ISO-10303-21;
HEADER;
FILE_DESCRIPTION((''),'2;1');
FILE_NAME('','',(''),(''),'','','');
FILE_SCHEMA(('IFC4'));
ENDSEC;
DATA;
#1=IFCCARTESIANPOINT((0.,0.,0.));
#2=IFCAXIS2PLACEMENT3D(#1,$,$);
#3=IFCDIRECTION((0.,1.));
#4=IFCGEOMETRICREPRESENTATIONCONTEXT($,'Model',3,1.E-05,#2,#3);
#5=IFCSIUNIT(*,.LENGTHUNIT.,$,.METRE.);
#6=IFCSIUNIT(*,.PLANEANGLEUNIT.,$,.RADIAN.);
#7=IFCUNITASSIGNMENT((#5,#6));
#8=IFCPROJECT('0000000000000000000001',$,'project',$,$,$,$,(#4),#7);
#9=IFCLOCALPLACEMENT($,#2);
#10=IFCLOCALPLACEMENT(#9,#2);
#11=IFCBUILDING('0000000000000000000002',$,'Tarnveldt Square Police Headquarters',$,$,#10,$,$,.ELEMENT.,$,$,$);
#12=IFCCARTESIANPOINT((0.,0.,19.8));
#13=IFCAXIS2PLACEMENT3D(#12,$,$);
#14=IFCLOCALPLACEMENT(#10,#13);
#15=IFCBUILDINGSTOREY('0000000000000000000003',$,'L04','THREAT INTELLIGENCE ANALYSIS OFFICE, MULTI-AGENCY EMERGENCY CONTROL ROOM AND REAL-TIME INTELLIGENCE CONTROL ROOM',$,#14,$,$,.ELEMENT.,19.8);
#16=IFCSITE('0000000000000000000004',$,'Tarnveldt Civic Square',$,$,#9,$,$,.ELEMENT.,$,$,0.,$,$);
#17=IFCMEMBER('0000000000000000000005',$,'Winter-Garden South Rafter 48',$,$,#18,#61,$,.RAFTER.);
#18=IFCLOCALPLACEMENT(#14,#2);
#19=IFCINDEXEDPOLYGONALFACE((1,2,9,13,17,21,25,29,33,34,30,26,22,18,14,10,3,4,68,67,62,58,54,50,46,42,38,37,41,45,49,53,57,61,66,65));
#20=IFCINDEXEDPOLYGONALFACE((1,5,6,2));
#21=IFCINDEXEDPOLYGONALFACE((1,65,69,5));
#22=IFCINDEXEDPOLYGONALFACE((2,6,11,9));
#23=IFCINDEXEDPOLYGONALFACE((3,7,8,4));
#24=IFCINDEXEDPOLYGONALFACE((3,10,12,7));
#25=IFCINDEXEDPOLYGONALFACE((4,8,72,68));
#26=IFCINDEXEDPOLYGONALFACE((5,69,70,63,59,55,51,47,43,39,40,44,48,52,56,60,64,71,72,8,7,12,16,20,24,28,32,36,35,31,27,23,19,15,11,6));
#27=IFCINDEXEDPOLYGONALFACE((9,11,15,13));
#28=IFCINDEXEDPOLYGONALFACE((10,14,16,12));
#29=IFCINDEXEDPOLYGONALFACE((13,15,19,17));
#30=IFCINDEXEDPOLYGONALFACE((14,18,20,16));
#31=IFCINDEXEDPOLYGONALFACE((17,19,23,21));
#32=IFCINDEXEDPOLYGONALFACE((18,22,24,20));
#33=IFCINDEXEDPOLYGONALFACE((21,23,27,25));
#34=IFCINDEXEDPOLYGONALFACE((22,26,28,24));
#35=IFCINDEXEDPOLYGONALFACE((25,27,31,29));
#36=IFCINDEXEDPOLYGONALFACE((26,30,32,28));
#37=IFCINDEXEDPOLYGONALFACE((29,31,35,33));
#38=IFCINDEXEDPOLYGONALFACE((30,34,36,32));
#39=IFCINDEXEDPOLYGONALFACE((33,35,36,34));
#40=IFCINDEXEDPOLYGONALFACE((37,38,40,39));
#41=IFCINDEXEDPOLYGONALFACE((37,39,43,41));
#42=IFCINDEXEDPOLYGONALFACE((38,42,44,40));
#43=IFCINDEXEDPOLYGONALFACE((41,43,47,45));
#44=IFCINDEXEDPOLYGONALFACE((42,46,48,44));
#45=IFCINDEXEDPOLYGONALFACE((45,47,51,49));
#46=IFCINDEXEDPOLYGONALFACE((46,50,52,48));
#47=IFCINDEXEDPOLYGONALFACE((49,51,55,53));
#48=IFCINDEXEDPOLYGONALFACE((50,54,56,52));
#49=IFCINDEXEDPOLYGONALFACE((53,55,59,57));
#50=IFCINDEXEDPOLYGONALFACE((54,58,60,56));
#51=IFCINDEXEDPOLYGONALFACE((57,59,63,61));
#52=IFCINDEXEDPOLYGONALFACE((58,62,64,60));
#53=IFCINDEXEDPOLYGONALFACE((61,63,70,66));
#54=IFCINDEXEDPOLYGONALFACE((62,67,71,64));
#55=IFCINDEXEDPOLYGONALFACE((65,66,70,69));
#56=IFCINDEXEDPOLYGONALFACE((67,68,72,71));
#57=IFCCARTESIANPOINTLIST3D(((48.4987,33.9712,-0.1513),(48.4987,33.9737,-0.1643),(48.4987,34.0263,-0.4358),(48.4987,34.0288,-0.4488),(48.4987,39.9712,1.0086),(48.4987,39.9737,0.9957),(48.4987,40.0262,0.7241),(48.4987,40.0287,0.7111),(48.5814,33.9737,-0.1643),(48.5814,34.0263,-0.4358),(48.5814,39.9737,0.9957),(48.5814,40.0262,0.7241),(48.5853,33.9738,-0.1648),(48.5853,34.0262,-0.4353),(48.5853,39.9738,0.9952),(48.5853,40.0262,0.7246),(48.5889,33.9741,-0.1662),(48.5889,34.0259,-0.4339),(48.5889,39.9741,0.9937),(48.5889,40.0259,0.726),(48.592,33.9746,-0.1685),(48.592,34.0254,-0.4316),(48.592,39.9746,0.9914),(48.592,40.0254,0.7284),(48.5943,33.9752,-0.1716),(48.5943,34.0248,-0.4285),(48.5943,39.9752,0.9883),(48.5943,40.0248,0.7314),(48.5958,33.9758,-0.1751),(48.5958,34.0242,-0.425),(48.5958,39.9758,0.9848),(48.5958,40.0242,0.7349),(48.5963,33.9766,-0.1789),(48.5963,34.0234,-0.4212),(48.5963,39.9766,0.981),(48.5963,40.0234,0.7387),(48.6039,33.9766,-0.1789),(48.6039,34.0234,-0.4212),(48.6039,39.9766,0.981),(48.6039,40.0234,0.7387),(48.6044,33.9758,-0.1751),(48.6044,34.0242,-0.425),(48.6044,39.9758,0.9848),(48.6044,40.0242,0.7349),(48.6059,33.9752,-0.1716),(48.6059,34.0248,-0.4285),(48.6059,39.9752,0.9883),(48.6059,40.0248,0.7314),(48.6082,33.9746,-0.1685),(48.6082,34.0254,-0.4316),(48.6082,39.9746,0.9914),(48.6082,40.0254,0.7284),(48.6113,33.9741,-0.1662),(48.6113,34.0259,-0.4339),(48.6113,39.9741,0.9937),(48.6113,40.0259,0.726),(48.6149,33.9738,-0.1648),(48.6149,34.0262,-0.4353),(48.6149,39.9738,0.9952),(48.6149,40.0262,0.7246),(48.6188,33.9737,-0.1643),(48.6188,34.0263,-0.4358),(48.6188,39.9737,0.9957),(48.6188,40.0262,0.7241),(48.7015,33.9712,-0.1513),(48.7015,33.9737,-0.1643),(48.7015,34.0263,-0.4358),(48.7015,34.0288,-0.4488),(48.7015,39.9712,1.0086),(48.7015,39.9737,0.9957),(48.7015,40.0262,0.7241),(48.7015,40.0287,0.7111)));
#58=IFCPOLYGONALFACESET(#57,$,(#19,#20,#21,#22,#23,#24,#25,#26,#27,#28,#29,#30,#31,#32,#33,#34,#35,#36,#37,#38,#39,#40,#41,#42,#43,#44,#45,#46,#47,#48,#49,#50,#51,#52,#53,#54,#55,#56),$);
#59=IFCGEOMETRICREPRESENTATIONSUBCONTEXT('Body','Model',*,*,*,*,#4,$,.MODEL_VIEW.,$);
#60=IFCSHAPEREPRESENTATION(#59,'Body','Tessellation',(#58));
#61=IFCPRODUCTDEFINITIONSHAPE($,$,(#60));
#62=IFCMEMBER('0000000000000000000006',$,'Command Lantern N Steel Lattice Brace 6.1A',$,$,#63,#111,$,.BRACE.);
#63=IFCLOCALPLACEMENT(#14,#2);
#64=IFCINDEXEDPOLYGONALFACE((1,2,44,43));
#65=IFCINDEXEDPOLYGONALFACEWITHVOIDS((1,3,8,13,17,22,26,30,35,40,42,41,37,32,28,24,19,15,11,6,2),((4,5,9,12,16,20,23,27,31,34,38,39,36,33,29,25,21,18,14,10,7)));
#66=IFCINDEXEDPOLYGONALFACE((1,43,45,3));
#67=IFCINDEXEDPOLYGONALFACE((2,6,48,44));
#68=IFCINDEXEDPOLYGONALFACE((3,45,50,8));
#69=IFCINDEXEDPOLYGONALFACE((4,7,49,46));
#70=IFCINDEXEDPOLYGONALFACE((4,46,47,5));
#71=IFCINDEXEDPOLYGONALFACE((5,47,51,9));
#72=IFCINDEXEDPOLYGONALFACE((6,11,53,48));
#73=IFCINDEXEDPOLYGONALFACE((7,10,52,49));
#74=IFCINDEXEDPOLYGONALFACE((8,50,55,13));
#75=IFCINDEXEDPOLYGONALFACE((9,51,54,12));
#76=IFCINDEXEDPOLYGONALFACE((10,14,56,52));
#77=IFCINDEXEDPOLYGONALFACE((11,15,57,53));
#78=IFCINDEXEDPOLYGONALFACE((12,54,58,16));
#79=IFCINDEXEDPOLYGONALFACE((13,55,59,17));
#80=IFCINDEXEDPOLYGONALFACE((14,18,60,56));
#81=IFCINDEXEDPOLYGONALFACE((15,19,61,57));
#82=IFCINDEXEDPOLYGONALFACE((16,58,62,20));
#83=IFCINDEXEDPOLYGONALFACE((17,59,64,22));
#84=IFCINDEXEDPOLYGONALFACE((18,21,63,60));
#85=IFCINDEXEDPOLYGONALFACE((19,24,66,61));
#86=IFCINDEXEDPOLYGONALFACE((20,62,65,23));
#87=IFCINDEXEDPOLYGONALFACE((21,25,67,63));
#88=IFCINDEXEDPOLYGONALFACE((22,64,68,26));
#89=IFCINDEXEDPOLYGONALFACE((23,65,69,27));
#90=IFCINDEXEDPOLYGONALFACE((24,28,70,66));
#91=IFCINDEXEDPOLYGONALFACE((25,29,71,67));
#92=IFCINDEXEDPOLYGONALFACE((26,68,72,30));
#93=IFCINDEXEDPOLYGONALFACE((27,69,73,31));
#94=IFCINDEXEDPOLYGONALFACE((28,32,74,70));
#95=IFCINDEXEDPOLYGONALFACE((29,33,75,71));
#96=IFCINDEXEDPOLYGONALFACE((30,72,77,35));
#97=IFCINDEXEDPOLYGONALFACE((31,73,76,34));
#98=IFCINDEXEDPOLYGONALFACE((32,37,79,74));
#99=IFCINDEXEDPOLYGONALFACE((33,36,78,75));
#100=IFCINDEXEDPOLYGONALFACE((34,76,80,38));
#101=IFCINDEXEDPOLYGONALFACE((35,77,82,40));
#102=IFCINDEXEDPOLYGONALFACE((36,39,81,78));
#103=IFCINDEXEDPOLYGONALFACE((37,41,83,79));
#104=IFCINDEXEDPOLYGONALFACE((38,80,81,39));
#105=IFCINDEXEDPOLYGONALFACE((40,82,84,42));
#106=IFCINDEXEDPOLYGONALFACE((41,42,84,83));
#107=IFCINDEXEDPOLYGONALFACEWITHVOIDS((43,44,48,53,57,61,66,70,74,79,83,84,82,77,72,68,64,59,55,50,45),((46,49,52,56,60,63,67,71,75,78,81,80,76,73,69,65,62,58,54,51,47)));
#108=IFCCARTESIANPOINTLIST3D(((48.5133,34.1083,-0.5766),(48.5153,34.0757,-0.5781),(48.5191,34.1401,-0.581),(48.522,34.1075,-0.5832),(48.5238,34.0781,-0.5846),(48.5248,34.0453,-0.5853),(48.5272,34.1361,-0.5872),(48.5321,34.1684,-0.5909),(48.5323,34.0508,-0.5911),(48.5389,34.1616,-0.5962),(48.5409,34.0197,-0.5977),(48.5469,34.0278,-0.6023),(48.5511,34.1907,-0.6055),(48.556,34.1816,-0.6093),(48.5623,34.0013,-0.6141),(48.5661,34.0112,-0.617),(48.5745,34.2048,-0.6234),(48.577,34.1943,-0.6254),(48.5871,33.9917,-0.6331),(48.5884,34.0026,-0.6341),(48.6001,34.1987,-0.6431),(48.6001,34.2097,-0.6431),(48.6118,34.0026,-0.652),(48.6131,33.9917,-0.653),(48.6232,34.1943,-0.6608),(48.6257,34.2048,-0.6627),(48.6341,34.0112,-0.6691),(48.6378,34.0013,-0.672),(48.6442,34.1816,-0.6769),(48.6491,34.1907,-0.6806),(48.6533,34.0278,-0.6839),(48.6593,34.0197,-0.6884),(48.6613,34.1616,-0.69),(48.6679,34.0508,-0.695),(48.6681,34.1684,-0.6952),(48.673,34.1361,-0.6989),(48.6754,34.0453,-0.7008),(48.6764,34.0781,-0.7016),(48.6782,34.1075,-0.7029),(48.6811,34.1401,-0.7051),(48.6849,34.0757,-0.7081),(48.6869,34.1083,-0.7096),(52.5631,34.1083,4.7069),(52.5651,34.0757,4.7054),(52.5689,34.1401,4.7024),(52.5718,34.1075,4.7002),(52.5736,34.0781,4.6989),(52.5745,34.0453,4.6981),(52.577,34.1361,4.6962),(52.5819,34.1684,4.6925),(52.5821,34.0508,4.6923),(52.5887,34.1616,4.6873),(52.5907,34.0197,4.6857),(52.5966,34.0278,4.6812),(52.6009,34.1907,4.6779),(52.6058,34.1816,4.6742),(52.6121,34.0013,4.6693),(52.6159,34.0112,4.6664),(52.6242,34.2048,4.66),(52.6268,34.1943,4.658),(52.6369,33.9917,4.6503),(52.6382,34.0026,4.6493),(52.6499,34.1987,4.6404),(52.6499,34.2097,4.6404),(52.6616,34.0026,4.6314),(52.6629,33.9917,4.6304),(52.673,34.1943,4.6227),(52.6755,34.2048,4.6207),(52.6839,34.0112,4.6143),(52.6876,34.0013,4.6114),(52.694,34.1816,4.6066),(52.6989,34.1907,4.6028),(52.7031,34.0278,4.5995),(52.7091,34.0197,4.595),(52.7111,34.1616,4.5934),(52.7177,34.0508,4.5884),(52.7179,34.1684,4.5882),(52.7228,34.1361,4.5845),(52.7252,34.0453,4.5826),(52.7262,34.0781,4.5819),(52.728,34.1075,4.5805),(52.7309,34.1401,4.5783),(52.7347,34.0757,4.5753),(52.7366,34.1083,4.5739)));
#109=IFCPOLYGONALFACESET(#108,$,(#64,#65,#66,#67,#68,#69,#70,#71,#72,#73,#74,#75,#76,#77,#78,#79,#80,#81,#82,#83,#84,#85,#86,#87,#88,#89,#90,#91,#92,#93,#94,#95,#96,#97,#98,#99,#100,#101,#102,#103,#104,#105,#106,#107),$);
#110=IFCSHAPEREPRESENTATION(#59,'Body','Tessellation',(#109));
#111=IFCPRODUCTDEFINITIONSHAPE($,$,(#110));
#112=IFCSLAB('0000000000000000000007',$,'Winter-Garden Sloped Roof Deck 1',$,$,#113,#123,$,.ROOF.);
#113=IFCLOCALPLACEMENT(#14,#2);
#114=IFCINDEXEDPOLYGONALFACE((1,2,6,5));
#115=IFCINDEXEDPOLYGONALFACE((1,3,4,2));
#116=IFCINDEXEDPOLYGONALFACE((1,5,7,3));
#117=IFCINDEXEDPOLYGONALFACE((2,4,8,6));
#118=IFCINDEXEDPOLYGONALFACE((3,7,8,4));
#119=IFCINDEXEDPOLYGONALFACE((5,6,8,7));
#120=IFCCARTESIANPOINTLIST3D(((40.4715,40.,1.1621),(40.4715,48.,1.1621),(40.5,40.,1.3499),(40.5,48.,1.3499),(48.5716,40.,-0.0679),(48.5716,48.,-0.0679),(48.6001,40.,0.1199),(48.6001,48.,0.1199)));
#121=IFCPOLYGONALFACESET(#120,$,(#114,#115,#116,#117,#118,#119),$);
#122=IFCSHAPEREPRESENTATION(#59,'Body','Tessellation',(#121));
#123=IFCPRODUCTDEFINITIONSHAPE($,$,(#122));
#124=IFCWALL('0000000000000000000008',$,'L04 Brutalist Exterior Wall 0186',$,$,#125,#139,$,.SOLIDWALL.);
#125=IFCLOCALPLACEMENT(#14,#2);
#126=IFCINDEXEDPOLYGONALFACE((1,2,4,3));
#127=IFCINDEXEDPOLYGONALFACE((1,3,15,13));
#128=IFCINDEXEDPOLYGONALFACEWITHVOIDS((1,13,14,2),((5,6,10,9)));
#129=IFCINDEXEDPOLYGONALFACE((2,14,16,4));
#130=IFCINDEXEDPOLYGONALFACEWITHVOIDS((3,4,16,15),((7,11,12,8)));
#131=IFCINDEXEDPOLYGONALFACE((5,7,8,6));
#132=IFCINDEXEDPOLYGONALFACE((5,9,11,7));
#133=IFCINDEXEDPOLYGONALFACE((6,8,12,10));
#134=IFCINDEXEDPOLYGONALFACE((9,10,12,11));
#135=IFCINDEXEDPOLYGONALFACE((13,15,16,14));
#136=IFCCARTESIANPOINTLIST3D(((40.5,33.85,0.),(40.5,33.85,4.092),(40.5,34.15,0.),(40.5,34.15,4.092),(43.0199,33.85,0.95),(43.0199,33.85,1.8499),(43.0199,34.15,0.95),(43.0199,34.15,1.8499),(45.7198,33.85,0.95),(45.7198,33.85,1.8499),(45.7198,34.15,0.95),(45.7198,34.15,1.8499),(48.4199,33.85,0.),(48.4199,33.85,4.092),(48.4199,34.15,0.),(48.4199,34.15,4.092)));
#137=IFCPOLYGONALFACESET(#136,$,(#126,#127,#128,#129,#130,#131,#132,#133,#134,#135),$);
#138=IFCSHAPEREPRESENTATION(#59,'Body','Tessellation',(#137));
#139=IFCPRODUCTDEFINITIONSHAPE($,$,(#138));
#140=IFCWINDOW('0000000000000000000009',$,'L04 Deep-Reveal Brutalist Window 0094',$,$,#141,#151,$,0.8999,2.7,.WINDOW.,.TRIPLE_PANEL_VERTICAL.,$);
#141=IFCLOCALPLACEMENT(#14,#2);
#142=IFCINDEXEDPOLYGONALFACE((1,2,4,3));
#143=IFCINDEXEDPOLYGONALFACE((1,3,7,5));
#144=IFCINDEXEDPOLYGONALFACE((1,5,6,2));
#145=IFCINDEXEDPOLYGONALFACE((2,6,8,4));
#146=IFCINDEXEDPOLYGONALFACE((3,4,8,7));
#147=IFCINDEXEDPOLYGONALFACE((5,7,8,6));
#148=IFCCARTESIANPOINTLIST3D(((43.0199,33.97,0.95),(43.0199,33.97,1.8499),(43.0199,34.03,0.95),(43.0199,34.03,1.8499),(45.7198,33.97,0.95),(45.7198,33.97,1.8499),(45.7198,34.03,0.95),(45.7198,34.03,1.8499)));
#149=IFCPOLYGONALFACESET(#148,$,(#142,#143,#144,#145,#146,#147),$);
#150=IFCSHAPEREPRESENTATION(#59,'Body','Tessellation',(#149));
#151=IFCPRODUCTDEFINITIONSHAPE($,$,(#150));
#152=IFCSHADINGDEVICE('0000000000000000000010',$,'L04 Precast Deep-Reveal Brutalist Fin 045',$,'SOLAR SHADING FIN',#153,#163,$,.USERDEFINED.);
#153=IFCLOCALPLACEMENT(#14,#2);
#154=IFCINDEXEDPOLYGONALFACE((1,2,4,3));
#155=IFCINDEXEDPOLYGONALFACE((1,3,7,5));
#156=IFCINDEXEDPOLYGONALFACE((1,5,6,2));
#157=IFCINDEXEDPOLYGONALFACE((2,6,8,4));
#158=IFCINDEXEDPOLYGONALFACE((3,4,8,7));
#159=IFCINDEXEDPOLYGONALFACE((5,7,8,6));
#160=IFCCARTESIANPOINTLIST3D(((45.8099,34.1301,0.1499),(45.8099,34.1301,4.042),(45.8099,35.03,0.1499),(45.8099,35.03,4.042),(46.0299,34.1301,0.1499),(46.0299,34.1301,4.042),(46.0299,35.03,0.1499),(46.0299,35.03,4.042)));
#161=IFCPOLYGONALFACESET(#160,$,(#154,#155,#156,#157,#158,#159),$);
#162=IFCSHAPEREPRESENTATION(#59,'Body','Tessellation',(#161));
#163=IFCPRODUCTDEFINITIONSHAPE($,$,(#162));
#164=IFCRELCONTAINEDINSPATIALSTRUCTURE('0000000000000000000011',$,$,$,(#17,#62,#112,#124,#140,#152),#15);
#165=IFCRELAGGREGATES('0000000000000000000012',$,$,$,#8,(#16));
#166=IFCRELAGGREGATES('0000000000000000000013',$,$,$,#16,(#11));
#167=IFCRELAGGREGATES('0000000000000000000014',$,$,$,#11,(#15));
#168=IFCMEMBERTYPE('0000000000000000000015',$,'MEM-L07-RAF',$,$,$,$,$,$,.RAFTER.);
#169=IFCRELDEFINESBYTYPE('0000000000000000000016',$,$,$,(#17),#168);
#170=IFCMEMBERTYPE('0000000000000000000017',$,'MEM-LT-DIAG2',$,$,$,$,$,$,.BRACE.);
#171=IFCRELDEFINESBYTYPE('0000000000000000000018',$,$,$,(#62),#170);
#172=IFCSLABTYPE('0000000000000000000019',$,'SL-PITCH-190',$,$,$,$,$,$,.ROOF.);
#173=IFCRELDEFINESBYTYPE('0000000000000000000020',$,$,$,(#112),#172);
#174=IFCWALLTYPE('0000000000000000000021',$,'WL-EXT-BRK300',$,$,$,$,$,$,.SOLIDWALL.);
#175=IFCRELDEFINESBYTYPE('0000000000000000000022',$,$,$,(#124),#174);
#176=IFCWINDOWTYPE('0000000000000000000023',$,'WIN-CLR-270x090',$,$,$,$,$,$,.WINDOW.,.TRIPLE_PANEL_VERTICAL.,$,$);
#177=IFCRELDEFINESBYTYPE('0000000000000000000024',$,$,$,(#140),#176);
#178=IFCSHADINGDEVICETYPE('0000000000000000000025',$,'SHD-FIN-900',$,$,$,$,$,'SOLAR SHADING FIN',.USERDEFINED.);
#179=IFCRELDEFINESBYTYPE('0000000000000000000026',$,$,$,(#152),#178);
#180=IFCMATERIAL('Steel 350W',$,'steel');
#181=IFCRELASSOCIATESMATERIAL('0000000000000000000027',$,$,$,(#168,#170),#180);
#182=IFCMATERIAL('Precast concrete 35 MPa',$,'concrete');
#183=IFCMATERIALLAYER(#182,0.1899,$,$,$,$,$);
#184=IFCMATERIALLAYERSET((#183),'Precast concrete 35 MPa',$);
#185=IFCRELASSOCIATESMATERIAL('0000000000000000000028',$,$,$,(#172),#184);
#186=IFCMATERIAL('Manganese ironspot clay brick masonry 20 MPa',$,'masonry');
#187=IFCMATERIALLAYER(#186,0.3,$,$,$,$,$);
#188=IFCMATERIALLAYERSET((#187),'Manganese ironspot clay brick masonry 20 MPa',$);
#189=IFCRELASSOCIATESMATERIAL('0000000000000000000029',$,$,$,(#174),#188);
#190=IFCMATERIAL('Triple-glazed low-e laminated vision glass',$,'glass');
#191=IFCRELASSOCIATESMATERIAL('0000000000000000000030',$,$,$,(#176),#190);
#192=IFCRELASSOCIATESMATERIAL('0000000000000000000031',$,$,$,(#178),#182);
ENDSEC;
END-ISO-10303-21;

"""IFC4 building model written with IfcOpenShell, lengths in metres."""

from ifc_helpers import new_model, si_unit, direction, frame, frame_2d, origin, origin_2d, place, context, subcontext, project, spatial, polyline, rectangle, hollow_circle, i_section, outline, extrude, material, layer, layer_set, material_profile, profile_set, type_object, element, fill, save


model = new_model("IFC4")

# Units and contexts
model_context = context("Model", 3, precision=1e-05, world=origin(), true_north=direction((0.0, 1.0)))
body_context = subcontext(model_context, "Body", "Model", "MODEL_VIEW")
ifc_project = project(units=[si_unit("LENGTHUNIT", "METRE"), si_unit("PLANEANGLEUNIT", "RADIAN")], contexts=[model_context])

# Site, building, storey
site_placement = place(None, origin())
site = spatial("IfcSite", under=ifc_project, at=site_placement, Name="Tarnveldt Civic Square", CompositionType="ELEMENT", RefElevation=0.0)
building_placement = place(site_placement, origin())
building = spatial("IfcBuilding", under=site, at=building_placement, Name="Tarnveldt Square Police Headquarters", CompositionType="ELEMENT")
storey_placement = place(building_placement, frame((0.0, 0.0, 19.8)))
storey = spatial("IfcBuildingStorey", under=building, at=storey_placement, Name="L04", Description="THREAT INTELLIGENCE ANALYSIS OFFICE, MULTI-AGENCY EMERGENCY CONTROL ROOM AND REAL-TIME INTELLIGENCE CONTROL ROOM", CompositionType="ELEMENT", Elevation=19.8)

# Shared definitions
ifc_material_1 = material(Name="Steel 350W", Category="steel")

# Members
ifc_material_profile_1 = material_profile(ifc_material_1, i_section(OverallWidth=0.2029, OverallDepth=0.303, WebThickness=0.0076, FlangeThickness=0.0132, FilletRadius=0.0149, at=origin_2d()), Name="W310x60")
ifc_profile_set_1 = profile_set([ifc_material_profile_1], Name="Steel 350W")
member_type_1 = type_object("IfcMemberType", Name="MEM-L07-RAF", PredefinedType="RAFTER", material=ifc_profile_set_1)
member_1_placement = place(storey_placement, frame((48.6001, 34.0, -0.3), z_axis=(0.0, 0.981822, 0.189805), x_axis=(-1.0, 0.0, 0.0)))
element("IfcMember", 1, at=member_1_placement, inside=storey, type_object=member_type_1, Name="Winter-Garden South Rafter 48", PredefinedType="RAFTER", context=body_context, shape_type="SweptSolid", body=[
    extrude(i_section(OverallWidth=0.2029, OverallDepth=0.303, WebThickness=0.0076, FlangeThickness=0.0132, FilletRadius=0.0149, at=origin_2d()), origin(), (0.0, 0.0, 1.0), 6.1111),
])
ifc_material_profile_2 = material_profile(ifc_material_1, hollow_circle(Radius=0.1096, WallThickness=0.011, at=origin_2d()), Name="HSS219x11")
ifc_profile_set_2 = profile_set([ifc_material_profile_2], Name="Steel 350W")
member_type_2 = type_object("IfcMemberType", Name="MEM-LT-DIAG2", PredefinedType="BRACE", material=ifc_profile_set_2)
member_2_placement = place(storey_placement, frame((48.6001, 34.1001, -0.6431), z_axis=(0.608352, 0.0, 0.793667), x_axis=(0.0, 1.0, 0.0)))
element("IfcMember", 2, at=member_2_placement, inside=storey, type_object=member_type_2, Name="Command Lantern N Steel Lattice Brace 6.1A", PredefinedType="BRACE", context=body_context, shape_type="SweptSolid", body=[
    extrude(hollow_circle(Radius=0.1096, WallThickness=0.011, at=origin_2d()), origin(), (0.0, 0.0, 1.0), 6.657),
])

# Slab
ifc_material_2 = material(Name="Precast concrete 35 MPa", Category="concrete")
ifc_layer_1 = layer(ifc_material_2, 0.1899)
ifc_layer_set_1 = layer_set([ifc_layer_1], Name="Precast concrete 35 MPa")
slab_type = type_object("IfcSlabType", Name="SL-PITCH-190", PredefinedType="ROOF", material=ifc_layer_set_1)
slab_placement = place(storey_placement, frame((40.5, 40.0, 1.3499), z_axis=(0.150127, 0.0, 0.988667), x_axis=(0.988667, 0.0, -0.150127)))
element("IfcSlab", 3, at=slab_placement, inside=storey, type_object=slab_type, Name="Winter-Garden Sloped Roof Deck 1", PredefinedType="ROOF", context=body_context, shape_type="SweptSolid", body=[
    extrude(outline(polyline([(0.0, 0.0), (8.193, 0.0), (8.193, 8.0), (0.0, 8.0), (0.0, 0.0)])), origin(), (0.0, 0.0, -1.0), 0.1899),
])

# Wall, opening, window
ifc_material_3 = material(Name="Manganese ironspot clay brick masonry 20 MPa", Category="masonry")
ifc_layer_2 = layer(ifc_material_3, 0.3)
ifc_layer_set_2 = layer_set([ifc_layer_2], Name="Manganese ironspot clay brick masonry 20 MPa")
wall_type = type_object("IfcWallType", Name="WL-EXT-BRK300", PredefinedType="SOLIDWALL", material=ifc_layer_set_2)
wall_placement = place(storey_placement, frame((48.4199, 34.0, 0.0), z_axis=(0.0, 0.0, 1.0), x_axis=(-1.0, 0.0, 0.0)))
wall = element("IfcWall", 4, at=wall_placement, inside=storey, type_object=wall_type, Name="L04 Brutalist Exterior Wall 0186", PredefinedType="SOLIDWALL", context=body_context, shape_type="SweptSolid", body=[
    extrude(rectangle(XDim=7.9199, YDim=0.3, at=frame_2d((3.96, 0.0))), origin(), (0.0, 0.0, 1.0), 4.092),
])
opening_placement = place(wall_placement, frame((2.7, 0.0, 0.95)))
opening = element("IfcOpeningElement", 5, at=opening_placement, cuts=wall, PredefinedType="OPENING", context=body_context, shape_type="SweptSolid", body=[
    extrude(rectangle(XDim=2.7, YDim=0.8999, at=frame_2d((1.3501, 0.45))), frame((0.0, 0.1599, 0.0), z_axis=(0.0, -1.0, 0.0), x_axis=(1.0, 0.0, 0.0)), (0.0, 0.0, 1.0), 0.3201),
])
ifc_material_4 = material(Name="Triple-glazed low-e laminated vision glass", Category="glass")
window_type = type_object("IfcWindowType", Name="WIN-CLR-270x090", PartitioningType="TRIPLE_PANEL_VERTICAL", PredefinedType="WINDOW", material=ifc_material_4)
window_placement = place(opening_placement, origin())
window = element("IfcWindow", 6, at=window_placement, inside=storey, type_object=window_type, Name="L04 Deep-Reveal Brutalist Window 0094", OverallHeight=0.8999, OverallWidth=2.7, PartitioningType="TRIPLE_PANEL_VERTICAL", PredefinedType="WINDOW", context=body_context, shape_type="SweptSolid", body=[
    extrude(rectangle(XDim=2.7, YDim=0.8999, at=frame_2d((1.3501, 0.45))), frame((0.0, 0.03, 0.0), z_axis=(0.0, -1.0, 0.0), x_axis=(1.0, 0.0, 0.0)), (0.0, 0.0, 1.0), 0.0601),
])
fill(opening, window)

# Shading device
ifc_material_profile_3 = material_profile(ifc_material_2, rectangle(XDim=0.22, YDim=0.8999, at=origin_2d()), Name="PC-FIN220x900")
ifc_profile_set_3 = profile_set([ifc_material_profile_3], Name="Precast concrete 35 MPa")
shading_device_type = type_object("IfcShadingDeviceType", Name="SHD-FIN-900", ElementType="SOLAR SHADING FIN", PredefinedType="USERDEFINED", material=ifc_profile_set_3)
shading_device_placement = place(storey_placement, frame((45.9199, 34.5801, 0.1499), z_axis=(0.0, 0.0, 1.0), x_axis=(-1.0, 0.0, 0.0)))
element("IfcShadingDevice", 7, at=shading_device_placement, inside=storey, type_object=shading_device_type, Name="L04 Precast Deep-Reveal Brutalist Fin 045", ObjectType="SOLAR SHADING FIN", PredefinedType="USERDEFINED", context=body_context, shape_type="SweptSolid", body=[
    extrude(rectangle(XDim=0.22, YDim=0.8999, at=origin_2d()), origin(), (0.0, 0.0, 1.0), 3.8921),
])

save(model, "model.ifc")
